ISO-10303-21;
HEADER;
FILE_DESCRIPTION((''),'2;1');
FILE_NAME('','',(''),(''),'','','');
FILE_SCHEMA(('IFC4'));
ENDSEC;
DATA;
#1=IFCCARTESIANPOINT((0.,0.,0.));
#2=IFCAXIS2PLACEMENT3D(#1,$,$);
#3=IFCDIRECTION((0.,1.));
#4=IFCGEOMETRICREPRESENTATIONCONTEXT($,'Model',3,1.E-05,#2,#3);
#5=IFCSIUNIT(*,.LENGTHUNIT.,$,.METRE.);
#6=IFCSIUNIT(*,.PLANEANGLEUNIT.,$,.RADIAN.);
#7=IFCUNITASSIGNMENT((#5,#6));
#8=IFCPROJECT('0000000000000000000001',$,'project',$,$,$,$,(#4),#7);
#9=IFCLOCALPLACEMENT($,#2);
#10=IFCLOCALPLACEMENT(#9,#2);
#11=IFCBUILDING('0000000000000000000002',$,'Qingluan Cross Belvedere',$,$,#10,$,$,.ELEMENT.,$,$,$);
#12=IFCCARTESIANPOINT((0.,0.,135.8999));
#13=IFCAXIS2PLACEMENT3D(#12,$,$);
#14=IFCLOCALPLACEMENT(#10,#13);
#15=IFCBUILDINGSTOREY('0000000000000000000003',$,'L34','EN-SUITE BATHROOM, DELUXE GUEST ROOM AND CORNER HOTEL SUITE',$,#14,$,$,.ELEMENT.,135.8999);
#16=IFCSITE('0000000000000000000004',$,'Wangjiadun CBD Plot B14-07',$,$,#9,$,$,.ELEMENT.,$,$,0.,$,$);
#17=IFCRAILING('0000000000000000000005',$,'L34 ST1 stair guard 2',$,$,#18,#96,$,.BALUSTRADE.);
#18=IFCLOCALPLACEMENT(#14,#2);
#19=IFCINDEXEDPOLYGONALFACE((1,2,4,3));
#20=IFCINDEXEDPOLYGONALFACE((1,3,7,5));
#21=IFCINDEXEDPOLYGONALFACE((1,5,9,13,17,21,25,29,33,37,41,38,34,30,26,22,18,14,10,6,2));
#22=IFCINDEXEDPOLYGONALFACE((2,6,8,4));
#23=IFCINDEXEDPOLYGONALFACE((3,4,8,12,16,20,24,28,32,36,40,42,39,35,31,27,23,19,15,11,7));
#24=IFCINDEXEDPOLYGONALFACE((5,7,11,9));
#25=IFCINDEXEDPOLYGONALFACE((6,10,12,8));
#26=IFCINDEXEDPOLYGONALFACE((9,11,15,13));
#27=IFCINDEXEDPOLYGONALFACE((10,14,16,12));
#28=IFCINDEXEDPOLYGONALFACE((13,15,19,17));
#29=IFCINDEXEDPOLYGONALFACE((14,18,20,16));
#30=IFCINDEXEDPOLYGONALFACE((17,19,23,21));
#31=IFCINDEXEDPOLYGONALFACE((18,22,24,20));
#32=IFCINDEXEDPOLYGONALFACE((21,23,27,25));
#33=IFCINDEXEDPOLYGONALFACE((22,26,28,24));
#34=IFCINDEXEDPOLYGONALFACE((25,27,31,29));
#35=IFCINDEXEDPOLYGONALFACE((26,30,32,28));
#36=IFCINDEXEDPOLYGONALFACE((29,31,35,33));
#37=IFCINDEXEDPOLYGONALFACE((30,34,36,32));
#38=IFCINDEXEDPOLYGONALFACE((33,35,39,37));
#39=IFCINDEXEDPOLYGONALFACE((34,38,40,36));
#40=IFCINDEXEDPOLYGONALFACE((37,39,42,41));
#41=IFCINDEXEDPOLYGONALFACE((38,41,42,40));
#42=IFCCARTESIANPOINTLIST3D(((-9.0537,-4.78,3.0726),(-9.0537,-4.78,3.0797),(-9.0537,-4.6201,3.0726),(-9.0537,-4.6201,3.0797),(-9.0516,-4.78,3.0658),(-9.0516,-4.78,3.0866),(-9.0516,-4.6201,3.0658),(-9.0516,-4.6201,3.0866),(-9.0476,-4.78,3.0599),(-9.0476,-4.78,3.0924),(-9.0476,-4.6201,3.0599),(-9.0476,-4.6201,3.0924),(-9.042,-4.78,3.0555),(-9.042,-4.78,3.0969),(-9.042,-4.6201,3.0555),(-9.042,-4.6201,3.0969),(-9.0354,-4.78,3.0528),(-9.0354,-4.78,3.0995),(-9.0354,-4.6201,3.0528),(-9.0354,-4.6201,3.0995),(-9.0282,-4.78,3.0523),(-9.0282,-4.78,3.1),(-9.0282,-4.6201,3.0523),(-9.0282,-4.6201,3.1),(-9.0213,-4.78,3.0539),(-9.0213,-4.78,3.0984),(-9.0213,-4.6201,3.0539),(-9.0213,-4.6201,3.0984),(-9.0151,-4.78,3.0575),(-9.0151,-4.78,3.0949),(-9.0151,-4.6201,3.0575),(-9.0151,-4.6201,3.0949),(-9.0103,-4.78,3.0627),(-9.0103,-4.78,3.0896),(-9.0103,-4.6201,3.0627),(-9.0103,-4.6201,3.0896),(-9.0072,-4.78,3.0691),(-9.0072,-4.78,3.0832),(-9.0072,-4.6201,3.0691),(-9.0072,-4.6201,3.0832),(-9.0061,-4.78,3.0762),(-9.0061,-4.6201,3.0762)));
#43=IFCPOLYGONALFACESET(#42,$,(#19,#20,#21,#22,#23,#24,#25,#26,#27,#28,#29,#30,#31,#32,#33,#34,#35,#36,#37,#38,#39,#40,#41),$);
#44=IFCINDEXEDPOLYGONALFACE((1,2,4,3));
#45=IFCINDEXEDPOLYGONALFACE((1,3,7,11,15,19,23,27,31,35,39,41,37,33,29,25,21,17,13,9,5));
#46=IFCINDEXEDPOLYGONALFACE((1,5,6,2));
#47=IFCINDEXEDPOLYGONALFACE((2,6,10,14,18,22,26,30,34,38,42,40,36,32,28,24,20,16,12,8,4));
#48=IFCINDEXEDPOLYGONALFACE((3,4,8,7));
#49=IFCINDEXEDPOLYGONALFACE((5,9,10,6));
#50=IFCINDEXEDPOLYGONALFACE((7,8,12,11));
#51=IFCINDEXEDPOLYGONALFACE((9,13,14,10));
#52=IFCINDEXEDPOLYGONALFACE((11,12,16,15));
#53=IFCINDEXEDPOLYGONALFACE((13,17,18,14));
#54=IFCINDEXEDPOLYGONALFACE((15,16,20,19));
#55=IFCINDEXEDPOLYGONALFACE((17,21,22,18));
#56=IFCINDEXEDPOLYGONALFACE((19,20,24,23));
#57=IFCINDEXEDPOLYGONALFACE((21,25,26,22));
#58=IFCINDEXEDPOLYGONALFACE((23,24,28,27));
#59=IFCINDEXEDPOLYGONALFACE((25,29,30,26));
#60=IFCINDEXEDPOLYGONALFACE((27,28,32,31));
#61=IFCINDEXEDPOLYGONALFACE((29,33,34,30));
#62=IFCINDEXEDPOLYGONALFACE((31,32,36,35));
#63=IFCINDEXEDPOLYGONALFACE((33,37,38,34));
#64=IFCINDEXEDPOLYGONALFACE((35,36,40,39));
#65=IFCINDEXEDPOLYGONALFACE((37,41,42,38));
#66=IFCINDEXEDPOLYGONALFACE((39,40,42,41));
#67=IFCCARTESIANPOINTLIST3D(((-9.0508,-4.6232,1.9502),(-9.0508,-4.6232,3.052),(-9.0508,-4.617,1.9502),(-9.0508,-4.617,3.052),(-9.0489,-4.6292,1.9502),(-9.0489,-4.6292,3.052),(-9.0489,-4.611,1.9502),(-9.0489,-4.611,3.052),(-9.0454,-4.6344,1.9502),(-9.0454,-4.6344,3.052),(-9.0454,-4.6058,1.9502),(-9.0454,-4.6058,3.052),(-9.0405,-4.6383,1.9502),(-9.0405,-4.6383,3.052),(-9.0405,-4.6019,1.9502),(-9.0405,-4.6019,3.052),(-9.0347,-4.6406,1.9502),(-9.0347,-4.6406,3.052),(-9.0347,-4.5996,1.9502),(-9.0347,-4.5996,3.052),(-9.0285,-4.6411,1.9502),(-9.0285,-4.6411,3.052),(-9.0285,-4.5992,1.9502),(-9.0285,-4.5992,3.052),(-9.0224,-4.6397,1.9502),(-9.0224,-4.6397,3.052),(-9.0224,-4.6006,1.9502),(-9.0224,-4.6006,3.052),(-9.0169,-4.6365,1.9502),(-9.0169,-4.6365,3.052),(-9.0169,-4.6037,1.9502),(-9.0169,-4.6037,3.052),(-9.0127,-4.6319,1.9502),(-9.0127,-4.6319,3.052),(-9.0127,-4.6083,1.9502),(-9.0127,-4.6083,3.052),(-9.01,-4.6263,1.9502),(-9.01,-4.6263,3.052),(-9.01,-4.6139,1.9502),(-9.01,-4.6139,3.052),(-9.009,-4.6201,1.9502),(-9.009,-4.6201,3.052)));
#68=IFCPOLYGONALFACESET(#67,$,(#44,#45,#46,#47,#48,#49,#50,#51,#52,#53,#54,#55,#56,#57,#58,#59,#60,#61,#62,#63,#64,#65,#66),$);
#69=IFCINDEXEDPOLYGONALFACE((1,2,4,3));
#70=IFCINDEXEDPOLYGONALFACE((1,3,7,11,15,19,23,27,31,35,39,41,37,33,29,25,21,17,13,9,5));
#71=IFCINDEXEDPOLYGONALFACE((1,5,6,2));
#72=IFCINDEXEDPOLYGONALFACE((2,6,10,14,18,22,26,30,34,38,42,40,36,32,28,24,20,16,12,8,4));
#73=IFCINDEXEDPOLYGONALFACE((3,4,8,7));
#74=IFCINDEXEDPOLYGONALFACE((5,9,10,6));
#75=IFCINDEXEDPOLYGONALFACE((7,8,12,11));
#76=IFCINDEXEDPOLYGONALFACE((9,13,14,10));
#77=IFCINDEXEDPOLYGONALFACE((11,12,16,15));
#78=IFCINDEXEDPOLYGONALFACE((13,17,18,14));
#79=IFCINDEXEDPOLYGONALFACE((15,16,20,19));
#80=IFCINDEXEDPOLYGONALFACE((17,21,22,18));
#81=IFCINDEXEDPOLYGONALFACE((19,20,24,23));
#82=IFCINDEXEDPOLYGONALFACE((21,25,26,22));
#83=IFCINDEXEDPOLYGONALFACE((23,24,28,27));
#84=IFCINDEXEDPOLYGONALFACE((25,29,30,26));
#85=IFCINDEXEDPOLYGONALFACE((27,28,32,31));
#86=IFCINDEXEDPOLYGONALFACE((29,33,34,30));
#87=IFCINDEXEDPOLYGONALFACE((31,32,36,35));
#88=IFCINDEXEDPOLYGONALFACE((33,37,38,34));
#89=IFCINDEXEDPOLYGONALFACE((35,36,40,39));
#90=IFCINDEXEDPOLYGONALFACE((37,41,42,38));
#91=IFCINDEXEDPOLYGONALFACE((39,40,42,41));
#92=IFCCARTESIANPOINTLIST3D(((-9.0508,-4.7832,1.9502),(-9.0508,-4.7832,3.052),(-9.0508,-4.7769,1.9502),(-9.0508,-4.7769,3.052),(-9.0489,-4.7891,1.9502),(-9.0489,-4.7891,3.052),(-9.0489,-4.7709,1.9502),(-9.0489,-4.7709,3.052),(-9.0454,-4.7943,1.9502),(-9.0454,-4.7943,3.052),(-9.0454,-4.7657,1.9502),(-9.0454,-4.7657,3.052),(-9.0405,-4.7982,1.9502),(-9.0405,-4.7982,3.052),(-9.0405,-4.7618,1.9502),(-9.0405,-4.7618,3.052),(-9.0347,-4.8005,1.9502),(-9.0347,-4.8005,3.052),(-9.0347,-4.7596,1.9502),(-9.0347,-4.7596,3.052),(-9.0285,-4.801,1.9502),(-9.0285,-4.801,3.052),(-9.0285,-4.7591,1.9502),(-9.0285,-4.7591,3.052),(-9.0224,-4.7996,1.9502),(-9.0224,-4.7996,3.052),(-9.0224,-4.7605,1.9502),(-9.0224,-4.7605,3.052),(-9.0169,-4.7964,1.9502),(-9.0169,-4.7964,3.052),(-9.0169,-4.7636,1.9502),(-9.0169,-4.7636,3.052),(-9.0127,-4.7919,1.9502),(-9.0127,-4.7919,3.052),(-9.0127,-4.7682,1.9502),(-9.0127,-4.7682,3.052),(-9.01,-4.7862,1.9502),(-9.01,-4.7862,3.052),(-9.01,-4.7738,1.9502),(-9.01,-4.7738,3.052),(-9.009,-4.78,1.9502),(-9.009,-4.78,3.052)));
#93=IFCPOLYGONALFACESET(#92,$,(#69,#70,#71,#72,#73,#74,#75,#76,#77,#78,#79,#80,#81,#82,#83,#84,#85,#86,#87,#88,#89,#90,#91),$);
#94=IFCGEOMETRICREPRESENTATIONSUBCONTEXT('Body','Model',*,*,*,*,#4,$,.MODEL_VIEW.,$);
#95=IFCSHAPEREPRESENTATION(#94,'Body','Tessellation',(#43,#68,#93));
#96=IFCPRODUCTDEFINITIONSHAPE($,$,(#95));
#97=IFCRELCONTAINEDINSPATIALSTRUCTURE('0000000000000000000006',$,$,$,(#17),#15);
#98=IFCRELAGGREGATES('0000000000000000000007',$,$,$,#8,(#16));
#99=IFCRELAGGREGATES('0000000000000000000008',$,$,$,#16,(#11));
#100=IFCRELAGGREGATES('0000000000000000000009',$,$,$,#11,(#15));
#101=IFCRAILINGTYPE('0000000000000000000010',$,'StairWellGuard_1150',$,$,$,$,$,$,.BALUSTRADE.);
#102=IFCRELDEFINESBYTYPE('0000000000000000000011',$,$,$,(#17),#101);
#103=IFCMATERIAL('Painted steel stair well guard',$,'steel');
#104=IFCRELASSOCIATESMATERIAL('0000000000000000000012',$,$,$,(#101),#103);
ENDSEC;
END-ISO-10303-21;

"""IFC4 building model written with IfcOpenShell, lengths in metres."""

from ifc_helpers import new_model, si_unit, direction, frame, origin, origin_2d, place, context, subcontext, project, spatial, circle, extrude, material, type_object, element, save


model = new_model("IFC4")

# Units and contexts
model_context = context("Model", 3, precision=1e-05, world=origin(), true_north=direction((0.0, 1.0)))
body_context = subcontext(model_context, "Body", "Model", "MODEL_VIEW")
ifc_project = project(units=[si_unit("LENGTHUNIT", "METRE"), si_unit("PLANEANGLEUNIT", "RADIAN")], contexts=[model_context])

# Site, building, storey
site_placement = place(None, origin())
site = spatial("IfcSite", under=ifc_project, at=site_placement, Name="Wangjiadun CBD Plot B14-07", CompositionType="ELEMENT", RefElevation=0.0)
building_placement = place(site_placement, origin())
building = spatial("IfcBuilding", under=site, at=building_placement, Name="Qingluan Cross Belvedere", CompositionType="ELEMENT")
storey_placement = place(building_placement, frame((0.0, 0.0, 135.8999)))
storey = spatial("IfcBuildingStorey", under=building, at=storey_placement, Name="L34", Description="EN-SUITE BATHROOM, DELUXE GUEST ROOM AND CORNER HOTEL SUITE", CompositionType="ELEMENT", Elevation=135.8999)

# Railing
ifc_material_1 = material(Name="Painted steel stair well guard", Category="steel")
railing_type_1 = type_object("IfcRailingType", Name="StairWellGuard_1150", PredefinedType="BALUSTRADE", material=ifc_material_1)
railing_1_placement = place(storey_placement, frame((-9.03, -4.6201, 1.9502)))
element("IfcRailing", 1, at=railing_1_placement, inside=storey, type_object=railing_type_1, Name="L34 ST1 stair guard 2", PredefinedType="BALUSTRADE", context=body_context, shape_type="SweptSolid", body=[
    extrude(circle(Radius=0.0239, at=origin_2d()), frame((0.0, 0.0, 1.126), z_axis=(0.0, -1.0, 0.0), x_axis=(1.0, 0.0, 0.0)), (0.0, 0.0, 1.0), 0.1599),
    extrude(circle(Radius=0.021, at=origin_2d()), origin(), (0.0, 0.0, 1.0), 1.1018),
    extrude(circle(Radius=0.021, at=origin_2d()), frame((0.0, -0.1599, 0.0)), (0.0, 0.0, 1.0), 1.1018),
])

save(model, "model.ifc")
